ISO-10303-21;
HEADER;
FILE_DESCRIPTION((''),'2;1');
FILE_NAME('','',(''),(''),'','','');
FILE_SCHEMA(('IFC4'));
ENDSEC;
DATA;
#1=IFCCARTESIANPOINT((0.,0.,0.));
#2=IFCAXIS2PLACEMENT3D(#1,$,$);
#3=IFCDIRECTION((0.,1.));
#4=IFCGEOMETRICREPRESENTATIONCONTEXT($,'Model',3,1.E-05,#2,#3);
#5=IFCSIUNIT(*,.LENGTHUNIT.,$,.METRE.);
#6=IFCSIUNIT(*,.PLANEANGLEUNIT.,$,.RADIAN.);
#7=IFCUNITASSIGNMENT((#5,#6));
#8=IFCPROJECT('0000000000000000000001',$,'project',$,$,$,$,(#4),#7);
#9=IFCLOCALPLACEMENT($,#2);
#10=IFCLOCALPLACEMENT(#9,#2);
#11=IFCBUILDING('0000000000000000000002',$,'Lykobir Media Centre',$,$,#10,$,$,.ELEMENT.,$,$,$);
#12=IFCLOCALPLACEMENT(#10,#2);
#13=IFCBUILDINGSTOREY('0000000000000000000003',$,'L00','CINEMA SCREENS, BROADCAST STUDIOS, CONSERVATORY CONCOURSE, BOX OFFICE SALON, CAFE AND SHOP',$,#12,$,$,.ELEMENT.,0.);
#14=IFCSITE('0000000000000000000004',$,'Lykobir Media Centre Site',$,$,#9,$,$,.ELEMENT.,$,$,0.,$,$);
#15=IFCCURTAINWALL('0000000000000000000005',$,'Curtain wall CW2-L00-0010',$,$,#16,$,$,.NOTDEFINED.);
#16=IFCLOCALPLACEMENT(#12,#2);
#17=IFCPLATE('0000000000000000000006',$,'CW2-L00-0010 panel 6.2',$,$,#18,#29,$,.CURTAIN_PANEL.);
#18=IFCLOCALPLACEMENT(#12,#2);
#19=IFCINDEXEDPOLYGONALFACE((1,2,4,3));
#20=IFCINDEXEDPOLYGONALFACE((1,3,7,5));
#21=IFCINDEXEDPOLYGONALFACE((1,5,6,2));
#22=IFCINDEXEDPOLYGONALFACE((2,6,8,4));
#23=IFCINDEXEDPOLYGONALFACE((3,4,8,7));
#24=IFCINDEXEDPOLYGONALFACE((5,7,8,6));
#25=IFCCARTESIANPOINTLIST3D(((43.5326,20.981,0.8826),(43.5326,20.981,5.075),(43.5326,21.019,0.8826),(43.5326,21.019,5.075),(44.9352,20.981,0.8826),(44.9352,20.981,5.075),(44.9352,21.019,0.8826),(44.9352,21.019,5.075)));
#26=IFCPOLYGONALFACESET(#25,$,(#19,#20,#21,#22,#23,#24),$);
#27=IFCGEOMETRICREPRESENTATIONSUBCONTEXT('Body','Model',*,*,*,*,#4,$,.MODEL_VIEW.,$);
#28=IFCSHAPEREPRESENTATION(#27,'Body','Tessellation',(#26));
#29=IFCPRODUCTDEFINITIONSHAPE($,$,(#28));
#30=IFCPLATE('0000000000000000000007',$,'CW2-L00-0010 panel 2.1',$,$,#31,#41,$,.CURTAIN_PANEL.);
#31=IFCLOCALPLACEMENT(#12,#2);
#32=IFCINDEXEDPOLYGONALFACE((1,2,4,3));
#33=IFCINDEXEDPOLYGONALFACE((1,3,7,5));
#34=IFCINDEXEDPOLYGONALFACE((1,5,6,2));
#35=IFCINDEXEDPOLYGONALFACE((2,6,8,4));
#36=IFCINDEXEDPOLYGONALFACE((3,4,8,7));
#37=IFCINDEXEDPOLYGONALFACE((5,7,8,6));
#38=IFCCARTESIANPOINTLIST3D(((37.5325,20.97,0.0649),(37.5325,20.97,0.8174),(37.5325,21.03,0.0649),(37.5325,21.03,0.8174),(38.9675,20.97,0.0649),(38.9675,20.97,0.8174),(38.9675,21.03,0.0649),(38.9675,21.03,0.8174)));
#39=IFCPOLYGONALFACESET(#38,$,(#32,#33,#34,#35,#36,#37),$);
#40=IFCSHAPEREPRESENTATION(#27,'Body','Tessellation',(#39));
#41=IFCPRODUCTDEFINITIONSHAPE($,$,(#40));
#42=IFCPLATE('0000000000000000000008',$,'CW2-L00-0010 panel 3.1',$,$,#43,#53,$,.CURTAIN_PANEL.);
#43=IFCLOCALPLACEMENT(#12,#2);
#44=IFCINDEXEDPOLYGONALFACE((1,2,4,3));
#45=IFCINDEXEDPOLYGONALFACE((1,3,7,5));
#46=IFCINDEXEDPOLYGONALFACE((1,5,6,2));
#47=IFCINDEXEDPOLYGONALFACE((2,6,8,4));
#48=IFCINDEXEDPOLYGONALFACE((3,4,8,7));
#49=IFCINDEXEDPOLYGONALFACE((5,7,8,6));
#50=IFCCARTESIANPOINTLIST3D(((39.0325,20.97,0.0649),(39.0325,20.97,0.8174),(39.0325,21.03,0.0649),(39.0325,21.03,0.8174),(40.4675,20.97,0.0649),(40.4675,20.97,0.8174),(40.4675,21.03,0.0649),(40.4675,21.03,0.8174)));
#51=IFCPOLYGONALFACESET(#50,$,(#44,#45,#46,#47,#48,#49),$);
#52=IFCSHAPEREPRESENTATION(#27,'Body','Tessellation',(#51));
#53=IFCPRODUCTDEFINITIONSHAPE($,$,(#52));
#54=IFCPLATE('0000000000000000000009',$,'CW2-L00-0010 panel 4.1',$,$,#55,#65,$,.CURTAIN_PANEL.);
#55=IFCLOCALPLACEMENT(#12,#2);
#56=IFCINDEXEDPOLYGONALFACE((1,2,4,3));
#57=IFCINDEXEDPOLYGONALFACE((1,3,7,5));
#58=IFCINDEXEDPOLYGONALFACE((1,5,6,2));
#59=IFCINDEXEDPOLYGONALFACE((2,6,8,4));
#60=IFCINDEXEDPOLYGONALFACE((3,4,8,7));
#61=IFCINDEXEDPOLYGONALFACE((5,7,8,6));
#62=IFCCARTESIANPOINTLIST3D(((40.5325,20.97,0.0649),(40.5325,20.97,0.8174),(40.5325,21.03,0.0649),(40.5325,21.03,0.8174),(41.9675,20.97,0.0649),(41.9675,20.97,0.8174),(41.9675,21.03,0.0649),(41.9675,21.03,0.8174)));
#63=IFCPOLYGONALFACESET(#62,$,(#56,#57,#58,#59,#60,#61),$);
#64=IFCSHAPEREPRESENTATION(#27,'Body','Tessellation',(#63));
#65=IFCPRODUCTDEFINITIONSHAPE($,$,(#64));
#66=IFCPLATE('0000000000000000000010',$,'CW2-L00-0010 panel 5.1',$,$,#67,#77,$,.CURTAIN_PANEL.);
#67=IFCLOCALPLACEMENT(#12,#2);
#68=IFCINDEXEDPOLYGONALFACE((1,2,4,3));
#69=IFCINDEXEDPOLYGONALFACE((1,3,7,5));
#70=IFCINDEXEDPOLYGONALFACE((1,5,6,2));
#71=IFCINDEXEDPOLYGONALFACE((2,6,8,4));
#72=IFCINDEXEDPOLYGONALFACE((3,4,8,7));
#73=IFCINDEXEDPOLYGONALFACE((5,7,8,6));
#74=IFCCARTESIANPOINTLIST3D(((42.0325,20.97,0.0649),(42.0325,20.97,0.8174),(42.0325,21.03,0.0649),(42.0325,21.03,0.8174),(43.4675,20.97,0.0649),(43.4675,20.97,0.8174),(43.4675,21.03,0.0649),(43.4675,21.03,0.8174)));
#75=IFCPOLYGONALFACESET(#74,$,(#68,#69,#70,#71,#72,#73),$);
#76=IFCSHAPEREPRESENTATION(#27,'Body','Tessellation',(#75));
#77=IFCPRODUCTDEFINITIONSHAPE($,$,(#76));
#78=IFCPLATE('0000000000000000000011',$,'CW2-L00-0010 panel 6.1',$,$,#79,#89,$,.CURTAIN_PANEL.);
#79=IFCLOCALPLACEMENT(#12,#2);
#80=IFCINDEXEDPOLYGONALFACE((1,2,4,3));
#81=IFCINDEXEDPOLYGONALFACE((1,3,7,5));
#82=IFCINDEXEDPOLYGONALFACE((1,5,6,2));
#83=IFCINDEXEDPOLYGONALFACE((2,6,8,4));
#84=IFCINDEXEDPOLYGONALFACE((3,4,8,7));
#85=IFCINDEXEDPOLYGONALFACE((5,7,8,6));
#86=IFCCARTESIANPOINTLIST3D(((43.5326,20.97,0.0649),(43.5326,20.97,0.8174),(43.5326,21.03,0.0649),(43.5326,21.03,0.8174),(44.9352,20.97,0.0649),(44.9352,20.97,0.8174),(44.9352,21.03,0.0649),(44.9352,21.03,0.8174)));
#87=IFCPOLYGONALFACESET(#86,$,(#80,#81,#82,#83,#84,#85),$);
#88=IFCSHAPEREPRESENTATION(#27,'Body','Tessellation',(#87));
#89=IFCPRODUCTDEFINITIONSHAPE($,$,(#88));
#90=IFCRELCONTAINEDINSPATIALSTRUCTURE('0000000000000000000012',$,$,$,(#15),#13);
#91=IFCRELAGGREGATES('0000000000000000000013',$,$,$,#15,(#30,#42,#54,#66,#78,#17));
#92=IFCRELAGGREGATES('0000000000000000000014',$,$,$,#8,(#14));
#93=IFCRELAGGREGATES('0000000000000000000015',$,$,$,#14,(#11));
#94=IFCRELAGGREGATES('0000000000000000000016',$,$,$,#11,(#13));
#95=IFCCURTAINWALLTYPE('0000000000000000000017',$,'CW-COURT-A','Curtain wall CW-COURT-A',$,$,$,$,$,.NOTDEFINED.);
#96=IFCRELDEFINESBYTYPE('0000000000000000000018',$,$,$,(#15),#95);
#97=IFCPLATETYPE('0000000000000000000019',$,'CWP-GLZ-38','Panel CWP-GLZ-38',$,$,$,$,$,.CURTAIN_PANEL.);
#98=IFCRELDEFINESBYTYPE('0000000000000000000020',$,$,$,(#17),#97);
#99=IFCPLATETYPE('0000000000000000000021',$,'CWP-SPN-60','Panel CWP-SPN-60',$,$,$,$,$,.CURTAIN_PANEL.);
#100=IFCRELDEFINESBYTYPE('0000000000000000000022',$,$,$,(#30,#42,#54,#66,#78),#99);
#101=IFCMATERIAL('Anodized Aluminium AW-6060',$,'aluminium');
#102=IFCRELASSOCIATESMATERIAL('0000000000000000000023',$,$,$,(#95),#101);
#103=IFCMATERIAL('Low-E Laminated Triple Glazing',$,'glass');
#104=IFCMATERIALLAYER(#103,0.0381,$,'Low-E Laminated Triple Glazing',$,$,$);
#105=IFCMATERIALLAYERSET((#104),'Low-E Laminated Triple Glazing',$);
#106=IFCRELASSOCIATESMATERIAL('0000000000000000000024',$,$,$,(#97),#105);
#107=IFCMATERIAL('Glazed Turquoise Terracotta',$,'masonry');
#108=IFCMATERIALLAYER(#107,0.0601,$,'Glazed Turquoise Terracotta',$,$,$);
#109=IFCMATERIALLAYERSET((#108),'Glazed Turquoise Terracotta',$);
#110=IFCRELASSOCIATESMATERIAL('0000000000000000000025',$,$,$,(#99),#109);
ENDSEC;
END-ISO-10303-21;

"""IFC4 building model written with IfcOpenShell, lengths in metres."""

from ifc_helpers import new_model, si_unit, direction, frame, origin, origin_2d, place, context, subcontext, project, spatial, rectangle, extrude, material, layer, layer_set, type_object, element, aggregate, save


model = new_model("IFC4")

# Units and contexts
model_context = context("Model", 3, precision=1e-05, world=origin(), true_north=direction((0.0, 1.0)))
body_context = subcontext(model_context, "Body", "Model", "MODEL_VIEW")
ifc_project = project(units=[si_unit("LENGTHUNIT", "METRE"), si_unit("PLANEANGLEUNIT", "RADIAN")], contexts=[model_context])

# Site, building, storey
site_placement = place(None, origin())
site = spatial("IfcSite", under=ifc_project, at=site_placement, Name="Lykobir Media Centre Site", CompositionType="ELEMENT", RefElevation=0.0)
building_placement = place(site_placement, origin())
building = spatial("IfcBuilding", under=site, at=building_placement, Name="Lykobir Media Centre", CompositionType="ELEMENT")
storey_placement = place(building_placement, origin())
storey = spatial("IfcBuildingStorey", under=building, at=storey_placement, Name="L00", Description="CINEMA SCREENS, BROADCAST STUDIOS, CONSERVATORY CONCOURSE, BOX OFFICE SALON, CAFE AND SHOP", CompositionType="ELEMENT", Elevation=0.0)

# Curtain wall, plates
ifc_material_1 = material(Name="Anodized Aluminium AW-6060", Category="aluminium")
curtain_wall_type = type_object("IfcCurtainWallType", Name="CW-COURT-A", Description="Curtain wall CW-COURT-A", PredefinedType="NOTDEFINED", material=ifc_material_1)
curtain_wall_placement = place(storey_placement, origin())
curtain_wall = element("IfcCurtainWall", 1, at=curtain_wall_placement, inside=storey, type_object=curtain_wall_type, Name="Curtain wall CW2-L00-0010", PredefinedType="NOTDEFINED")
ifc_material_2 = material(Name="Low-E Laminated Triple Glazing", Category="glass")
ifc_layer_1 = layer(ifc_material_2, 0.0381, Name="Low-E Laminated Triple Glazing")
ifc_layer_set_1 = layer_set([ifc_layer_1], Name="Low-E Laminated Triple Glazing")
plate_type_1 = type_object("IfcPlateType", Name="CWP-GLZ-38", Description="Panel CWP-GLZ-38", PredefinedType="CURTAIN_PANEL", material=ifc_layer_set_1)
plate_1_placement = place(storey_placement, frame((44.2339, 21.0, 0.8826), z_axis=(0.0, 0.0, 1.0), x_axis=(1.0, 0.0, 0.0)))
plate_1 = element("IfcPlate", 2, at=plate_1_placement, type_object=plate_type_1, Name="CW2-L00-0010 panel 6.2", PredefinedType="CURTAIN_PANEL", context=body_context, shape_type="SweptSolid", body=[
    extrude(rectangle(XDim=1.4026, YDim=0.0381, at=origin_2d()), origin(), (0.0, 0.0, 1.0), 4.1924),
])
ifc_material_3 = material(Name="Glazed Turquoise Terracotta", Category="masonry")
ifc_layer_2 = layer(ifc_material_3, 0.0601, Name="Glazed Turquoise Terracotta")
ifc_layer_set_2 = layer_set([ifc_layer_2], Name="Glazed Turquoise Terracotta")
plate_type_2 = type_object("IfcPlateType", Name="CWP-SPN-60", Description="Panel CWP-SPN-60", PredefinedType="CURTAIN_PANEL", material=ifc_layer_set_2)
plate_2_placement = place(storey_placement, frame((38.25, 21.0, 0.0649), z_axis=(0.0, 0.0, 1.0), x_axis=(1.0, 0.0, 0.0)))
plate_2 = element("IfcPlate", 3, at=plate_2_placement, type_object=plate_type_2, Name="CW2-L00-0010 panel 2.1", PredefinedType="CURTAIN_PANEL", context=body_context, shape_type="SweptSolid", body=[
    extrude(rectangle(XDim=1.4351, YDim=0.0601, at=origin_2d()), origin(), (0.0, 0.0, 1.0), 0.7524),
])
plate_3_placement = place(storey_placement, frame((39.75, 21.0, 0.0649), z_axis=(0.0, 0.0, 1.0), x_axis=(1.0, 0.0, 0.0)))
plate_3 = element("IfcPlate", 4, at=plate_3_placement, type_object=plate_type_2, Name="CW2-L00-0010 panel 3.1", PredefinedType="CURTAIN_PANEL", context=body_context, shape_type="SweptSolid", body=[
    extrude(rectangle(XDim=1.4351, YDim=0.0601, at=origin_2d()), origin(), (0.0, 0.0, 1.0), 0.7524),
])
plate_4_placement = place(storey_placement, frame((41.25, 21.0, 0.0649), z_axis=(0.0, 0.0, 1.0), x_axis=(1.0, 0.0, 0.0)))
plate_4 = element("IfcPlate", 5, at=plate_4_placement, type_object=plate_type_2, Name="CW2-L00-0010 panel 4.1", PredefinedType="CURTAIN_PANEL", context=body_context, shape_type="SweptSolid", body=[
    extrude(rectangle(XDim=1.4351, YDim=0.0601, at=origin_2d()), origin(), (0.0, 0.0, 1.0), 0.7524),
])
plate_5_placement = place(storey_placement, frame((42.75, 21.0, 0.0649), z_axis=(0.0, 0.0, 1.0), x_axis=(1.0, 0.0, 0.0)))
plate_5 = element("IfcPlate", 6, at=plate_5_placement, type_object=plate_type_2, Name="CW2-L00-0010 panel 5.1", PredefinedType="CURTAIN_PANEL", context=body_context, shape_type="SweptSolid", body=[
    extrude(rectangle(XDim=1.4351, YDim=0.0601, at=origin_2d()), origin(), (0.0, 0.0, 1.0), 0.7524),
])
plate_6_placement = place(storey_placement, frame((44.2339, 21.0, 0.0649), z_axis=(0.0, 0.0, 1.0), x_axis=(1.0, 0.0, 0.0)))
plate_6 = element("IfcPlate", 7, at=plate_6_placement, type_object=plate_type_2, Name="CW2-L00-0010 panel 6.1", PredefinedType="CURTAIN_PANEL", context=body_context, shape_type="SweptSolid", body=[
    extrude(rectangle(XDim=1.4026, YDim=0.0601, at=origin_2d()), origin(), (0.0, 0.0, 1.0), 0.7524),
])
aggregate(curtain_wall, [plate_2, plate_3, plate_4, plate_5, plate_6, plate_1])

save(model, "model.ifc")
